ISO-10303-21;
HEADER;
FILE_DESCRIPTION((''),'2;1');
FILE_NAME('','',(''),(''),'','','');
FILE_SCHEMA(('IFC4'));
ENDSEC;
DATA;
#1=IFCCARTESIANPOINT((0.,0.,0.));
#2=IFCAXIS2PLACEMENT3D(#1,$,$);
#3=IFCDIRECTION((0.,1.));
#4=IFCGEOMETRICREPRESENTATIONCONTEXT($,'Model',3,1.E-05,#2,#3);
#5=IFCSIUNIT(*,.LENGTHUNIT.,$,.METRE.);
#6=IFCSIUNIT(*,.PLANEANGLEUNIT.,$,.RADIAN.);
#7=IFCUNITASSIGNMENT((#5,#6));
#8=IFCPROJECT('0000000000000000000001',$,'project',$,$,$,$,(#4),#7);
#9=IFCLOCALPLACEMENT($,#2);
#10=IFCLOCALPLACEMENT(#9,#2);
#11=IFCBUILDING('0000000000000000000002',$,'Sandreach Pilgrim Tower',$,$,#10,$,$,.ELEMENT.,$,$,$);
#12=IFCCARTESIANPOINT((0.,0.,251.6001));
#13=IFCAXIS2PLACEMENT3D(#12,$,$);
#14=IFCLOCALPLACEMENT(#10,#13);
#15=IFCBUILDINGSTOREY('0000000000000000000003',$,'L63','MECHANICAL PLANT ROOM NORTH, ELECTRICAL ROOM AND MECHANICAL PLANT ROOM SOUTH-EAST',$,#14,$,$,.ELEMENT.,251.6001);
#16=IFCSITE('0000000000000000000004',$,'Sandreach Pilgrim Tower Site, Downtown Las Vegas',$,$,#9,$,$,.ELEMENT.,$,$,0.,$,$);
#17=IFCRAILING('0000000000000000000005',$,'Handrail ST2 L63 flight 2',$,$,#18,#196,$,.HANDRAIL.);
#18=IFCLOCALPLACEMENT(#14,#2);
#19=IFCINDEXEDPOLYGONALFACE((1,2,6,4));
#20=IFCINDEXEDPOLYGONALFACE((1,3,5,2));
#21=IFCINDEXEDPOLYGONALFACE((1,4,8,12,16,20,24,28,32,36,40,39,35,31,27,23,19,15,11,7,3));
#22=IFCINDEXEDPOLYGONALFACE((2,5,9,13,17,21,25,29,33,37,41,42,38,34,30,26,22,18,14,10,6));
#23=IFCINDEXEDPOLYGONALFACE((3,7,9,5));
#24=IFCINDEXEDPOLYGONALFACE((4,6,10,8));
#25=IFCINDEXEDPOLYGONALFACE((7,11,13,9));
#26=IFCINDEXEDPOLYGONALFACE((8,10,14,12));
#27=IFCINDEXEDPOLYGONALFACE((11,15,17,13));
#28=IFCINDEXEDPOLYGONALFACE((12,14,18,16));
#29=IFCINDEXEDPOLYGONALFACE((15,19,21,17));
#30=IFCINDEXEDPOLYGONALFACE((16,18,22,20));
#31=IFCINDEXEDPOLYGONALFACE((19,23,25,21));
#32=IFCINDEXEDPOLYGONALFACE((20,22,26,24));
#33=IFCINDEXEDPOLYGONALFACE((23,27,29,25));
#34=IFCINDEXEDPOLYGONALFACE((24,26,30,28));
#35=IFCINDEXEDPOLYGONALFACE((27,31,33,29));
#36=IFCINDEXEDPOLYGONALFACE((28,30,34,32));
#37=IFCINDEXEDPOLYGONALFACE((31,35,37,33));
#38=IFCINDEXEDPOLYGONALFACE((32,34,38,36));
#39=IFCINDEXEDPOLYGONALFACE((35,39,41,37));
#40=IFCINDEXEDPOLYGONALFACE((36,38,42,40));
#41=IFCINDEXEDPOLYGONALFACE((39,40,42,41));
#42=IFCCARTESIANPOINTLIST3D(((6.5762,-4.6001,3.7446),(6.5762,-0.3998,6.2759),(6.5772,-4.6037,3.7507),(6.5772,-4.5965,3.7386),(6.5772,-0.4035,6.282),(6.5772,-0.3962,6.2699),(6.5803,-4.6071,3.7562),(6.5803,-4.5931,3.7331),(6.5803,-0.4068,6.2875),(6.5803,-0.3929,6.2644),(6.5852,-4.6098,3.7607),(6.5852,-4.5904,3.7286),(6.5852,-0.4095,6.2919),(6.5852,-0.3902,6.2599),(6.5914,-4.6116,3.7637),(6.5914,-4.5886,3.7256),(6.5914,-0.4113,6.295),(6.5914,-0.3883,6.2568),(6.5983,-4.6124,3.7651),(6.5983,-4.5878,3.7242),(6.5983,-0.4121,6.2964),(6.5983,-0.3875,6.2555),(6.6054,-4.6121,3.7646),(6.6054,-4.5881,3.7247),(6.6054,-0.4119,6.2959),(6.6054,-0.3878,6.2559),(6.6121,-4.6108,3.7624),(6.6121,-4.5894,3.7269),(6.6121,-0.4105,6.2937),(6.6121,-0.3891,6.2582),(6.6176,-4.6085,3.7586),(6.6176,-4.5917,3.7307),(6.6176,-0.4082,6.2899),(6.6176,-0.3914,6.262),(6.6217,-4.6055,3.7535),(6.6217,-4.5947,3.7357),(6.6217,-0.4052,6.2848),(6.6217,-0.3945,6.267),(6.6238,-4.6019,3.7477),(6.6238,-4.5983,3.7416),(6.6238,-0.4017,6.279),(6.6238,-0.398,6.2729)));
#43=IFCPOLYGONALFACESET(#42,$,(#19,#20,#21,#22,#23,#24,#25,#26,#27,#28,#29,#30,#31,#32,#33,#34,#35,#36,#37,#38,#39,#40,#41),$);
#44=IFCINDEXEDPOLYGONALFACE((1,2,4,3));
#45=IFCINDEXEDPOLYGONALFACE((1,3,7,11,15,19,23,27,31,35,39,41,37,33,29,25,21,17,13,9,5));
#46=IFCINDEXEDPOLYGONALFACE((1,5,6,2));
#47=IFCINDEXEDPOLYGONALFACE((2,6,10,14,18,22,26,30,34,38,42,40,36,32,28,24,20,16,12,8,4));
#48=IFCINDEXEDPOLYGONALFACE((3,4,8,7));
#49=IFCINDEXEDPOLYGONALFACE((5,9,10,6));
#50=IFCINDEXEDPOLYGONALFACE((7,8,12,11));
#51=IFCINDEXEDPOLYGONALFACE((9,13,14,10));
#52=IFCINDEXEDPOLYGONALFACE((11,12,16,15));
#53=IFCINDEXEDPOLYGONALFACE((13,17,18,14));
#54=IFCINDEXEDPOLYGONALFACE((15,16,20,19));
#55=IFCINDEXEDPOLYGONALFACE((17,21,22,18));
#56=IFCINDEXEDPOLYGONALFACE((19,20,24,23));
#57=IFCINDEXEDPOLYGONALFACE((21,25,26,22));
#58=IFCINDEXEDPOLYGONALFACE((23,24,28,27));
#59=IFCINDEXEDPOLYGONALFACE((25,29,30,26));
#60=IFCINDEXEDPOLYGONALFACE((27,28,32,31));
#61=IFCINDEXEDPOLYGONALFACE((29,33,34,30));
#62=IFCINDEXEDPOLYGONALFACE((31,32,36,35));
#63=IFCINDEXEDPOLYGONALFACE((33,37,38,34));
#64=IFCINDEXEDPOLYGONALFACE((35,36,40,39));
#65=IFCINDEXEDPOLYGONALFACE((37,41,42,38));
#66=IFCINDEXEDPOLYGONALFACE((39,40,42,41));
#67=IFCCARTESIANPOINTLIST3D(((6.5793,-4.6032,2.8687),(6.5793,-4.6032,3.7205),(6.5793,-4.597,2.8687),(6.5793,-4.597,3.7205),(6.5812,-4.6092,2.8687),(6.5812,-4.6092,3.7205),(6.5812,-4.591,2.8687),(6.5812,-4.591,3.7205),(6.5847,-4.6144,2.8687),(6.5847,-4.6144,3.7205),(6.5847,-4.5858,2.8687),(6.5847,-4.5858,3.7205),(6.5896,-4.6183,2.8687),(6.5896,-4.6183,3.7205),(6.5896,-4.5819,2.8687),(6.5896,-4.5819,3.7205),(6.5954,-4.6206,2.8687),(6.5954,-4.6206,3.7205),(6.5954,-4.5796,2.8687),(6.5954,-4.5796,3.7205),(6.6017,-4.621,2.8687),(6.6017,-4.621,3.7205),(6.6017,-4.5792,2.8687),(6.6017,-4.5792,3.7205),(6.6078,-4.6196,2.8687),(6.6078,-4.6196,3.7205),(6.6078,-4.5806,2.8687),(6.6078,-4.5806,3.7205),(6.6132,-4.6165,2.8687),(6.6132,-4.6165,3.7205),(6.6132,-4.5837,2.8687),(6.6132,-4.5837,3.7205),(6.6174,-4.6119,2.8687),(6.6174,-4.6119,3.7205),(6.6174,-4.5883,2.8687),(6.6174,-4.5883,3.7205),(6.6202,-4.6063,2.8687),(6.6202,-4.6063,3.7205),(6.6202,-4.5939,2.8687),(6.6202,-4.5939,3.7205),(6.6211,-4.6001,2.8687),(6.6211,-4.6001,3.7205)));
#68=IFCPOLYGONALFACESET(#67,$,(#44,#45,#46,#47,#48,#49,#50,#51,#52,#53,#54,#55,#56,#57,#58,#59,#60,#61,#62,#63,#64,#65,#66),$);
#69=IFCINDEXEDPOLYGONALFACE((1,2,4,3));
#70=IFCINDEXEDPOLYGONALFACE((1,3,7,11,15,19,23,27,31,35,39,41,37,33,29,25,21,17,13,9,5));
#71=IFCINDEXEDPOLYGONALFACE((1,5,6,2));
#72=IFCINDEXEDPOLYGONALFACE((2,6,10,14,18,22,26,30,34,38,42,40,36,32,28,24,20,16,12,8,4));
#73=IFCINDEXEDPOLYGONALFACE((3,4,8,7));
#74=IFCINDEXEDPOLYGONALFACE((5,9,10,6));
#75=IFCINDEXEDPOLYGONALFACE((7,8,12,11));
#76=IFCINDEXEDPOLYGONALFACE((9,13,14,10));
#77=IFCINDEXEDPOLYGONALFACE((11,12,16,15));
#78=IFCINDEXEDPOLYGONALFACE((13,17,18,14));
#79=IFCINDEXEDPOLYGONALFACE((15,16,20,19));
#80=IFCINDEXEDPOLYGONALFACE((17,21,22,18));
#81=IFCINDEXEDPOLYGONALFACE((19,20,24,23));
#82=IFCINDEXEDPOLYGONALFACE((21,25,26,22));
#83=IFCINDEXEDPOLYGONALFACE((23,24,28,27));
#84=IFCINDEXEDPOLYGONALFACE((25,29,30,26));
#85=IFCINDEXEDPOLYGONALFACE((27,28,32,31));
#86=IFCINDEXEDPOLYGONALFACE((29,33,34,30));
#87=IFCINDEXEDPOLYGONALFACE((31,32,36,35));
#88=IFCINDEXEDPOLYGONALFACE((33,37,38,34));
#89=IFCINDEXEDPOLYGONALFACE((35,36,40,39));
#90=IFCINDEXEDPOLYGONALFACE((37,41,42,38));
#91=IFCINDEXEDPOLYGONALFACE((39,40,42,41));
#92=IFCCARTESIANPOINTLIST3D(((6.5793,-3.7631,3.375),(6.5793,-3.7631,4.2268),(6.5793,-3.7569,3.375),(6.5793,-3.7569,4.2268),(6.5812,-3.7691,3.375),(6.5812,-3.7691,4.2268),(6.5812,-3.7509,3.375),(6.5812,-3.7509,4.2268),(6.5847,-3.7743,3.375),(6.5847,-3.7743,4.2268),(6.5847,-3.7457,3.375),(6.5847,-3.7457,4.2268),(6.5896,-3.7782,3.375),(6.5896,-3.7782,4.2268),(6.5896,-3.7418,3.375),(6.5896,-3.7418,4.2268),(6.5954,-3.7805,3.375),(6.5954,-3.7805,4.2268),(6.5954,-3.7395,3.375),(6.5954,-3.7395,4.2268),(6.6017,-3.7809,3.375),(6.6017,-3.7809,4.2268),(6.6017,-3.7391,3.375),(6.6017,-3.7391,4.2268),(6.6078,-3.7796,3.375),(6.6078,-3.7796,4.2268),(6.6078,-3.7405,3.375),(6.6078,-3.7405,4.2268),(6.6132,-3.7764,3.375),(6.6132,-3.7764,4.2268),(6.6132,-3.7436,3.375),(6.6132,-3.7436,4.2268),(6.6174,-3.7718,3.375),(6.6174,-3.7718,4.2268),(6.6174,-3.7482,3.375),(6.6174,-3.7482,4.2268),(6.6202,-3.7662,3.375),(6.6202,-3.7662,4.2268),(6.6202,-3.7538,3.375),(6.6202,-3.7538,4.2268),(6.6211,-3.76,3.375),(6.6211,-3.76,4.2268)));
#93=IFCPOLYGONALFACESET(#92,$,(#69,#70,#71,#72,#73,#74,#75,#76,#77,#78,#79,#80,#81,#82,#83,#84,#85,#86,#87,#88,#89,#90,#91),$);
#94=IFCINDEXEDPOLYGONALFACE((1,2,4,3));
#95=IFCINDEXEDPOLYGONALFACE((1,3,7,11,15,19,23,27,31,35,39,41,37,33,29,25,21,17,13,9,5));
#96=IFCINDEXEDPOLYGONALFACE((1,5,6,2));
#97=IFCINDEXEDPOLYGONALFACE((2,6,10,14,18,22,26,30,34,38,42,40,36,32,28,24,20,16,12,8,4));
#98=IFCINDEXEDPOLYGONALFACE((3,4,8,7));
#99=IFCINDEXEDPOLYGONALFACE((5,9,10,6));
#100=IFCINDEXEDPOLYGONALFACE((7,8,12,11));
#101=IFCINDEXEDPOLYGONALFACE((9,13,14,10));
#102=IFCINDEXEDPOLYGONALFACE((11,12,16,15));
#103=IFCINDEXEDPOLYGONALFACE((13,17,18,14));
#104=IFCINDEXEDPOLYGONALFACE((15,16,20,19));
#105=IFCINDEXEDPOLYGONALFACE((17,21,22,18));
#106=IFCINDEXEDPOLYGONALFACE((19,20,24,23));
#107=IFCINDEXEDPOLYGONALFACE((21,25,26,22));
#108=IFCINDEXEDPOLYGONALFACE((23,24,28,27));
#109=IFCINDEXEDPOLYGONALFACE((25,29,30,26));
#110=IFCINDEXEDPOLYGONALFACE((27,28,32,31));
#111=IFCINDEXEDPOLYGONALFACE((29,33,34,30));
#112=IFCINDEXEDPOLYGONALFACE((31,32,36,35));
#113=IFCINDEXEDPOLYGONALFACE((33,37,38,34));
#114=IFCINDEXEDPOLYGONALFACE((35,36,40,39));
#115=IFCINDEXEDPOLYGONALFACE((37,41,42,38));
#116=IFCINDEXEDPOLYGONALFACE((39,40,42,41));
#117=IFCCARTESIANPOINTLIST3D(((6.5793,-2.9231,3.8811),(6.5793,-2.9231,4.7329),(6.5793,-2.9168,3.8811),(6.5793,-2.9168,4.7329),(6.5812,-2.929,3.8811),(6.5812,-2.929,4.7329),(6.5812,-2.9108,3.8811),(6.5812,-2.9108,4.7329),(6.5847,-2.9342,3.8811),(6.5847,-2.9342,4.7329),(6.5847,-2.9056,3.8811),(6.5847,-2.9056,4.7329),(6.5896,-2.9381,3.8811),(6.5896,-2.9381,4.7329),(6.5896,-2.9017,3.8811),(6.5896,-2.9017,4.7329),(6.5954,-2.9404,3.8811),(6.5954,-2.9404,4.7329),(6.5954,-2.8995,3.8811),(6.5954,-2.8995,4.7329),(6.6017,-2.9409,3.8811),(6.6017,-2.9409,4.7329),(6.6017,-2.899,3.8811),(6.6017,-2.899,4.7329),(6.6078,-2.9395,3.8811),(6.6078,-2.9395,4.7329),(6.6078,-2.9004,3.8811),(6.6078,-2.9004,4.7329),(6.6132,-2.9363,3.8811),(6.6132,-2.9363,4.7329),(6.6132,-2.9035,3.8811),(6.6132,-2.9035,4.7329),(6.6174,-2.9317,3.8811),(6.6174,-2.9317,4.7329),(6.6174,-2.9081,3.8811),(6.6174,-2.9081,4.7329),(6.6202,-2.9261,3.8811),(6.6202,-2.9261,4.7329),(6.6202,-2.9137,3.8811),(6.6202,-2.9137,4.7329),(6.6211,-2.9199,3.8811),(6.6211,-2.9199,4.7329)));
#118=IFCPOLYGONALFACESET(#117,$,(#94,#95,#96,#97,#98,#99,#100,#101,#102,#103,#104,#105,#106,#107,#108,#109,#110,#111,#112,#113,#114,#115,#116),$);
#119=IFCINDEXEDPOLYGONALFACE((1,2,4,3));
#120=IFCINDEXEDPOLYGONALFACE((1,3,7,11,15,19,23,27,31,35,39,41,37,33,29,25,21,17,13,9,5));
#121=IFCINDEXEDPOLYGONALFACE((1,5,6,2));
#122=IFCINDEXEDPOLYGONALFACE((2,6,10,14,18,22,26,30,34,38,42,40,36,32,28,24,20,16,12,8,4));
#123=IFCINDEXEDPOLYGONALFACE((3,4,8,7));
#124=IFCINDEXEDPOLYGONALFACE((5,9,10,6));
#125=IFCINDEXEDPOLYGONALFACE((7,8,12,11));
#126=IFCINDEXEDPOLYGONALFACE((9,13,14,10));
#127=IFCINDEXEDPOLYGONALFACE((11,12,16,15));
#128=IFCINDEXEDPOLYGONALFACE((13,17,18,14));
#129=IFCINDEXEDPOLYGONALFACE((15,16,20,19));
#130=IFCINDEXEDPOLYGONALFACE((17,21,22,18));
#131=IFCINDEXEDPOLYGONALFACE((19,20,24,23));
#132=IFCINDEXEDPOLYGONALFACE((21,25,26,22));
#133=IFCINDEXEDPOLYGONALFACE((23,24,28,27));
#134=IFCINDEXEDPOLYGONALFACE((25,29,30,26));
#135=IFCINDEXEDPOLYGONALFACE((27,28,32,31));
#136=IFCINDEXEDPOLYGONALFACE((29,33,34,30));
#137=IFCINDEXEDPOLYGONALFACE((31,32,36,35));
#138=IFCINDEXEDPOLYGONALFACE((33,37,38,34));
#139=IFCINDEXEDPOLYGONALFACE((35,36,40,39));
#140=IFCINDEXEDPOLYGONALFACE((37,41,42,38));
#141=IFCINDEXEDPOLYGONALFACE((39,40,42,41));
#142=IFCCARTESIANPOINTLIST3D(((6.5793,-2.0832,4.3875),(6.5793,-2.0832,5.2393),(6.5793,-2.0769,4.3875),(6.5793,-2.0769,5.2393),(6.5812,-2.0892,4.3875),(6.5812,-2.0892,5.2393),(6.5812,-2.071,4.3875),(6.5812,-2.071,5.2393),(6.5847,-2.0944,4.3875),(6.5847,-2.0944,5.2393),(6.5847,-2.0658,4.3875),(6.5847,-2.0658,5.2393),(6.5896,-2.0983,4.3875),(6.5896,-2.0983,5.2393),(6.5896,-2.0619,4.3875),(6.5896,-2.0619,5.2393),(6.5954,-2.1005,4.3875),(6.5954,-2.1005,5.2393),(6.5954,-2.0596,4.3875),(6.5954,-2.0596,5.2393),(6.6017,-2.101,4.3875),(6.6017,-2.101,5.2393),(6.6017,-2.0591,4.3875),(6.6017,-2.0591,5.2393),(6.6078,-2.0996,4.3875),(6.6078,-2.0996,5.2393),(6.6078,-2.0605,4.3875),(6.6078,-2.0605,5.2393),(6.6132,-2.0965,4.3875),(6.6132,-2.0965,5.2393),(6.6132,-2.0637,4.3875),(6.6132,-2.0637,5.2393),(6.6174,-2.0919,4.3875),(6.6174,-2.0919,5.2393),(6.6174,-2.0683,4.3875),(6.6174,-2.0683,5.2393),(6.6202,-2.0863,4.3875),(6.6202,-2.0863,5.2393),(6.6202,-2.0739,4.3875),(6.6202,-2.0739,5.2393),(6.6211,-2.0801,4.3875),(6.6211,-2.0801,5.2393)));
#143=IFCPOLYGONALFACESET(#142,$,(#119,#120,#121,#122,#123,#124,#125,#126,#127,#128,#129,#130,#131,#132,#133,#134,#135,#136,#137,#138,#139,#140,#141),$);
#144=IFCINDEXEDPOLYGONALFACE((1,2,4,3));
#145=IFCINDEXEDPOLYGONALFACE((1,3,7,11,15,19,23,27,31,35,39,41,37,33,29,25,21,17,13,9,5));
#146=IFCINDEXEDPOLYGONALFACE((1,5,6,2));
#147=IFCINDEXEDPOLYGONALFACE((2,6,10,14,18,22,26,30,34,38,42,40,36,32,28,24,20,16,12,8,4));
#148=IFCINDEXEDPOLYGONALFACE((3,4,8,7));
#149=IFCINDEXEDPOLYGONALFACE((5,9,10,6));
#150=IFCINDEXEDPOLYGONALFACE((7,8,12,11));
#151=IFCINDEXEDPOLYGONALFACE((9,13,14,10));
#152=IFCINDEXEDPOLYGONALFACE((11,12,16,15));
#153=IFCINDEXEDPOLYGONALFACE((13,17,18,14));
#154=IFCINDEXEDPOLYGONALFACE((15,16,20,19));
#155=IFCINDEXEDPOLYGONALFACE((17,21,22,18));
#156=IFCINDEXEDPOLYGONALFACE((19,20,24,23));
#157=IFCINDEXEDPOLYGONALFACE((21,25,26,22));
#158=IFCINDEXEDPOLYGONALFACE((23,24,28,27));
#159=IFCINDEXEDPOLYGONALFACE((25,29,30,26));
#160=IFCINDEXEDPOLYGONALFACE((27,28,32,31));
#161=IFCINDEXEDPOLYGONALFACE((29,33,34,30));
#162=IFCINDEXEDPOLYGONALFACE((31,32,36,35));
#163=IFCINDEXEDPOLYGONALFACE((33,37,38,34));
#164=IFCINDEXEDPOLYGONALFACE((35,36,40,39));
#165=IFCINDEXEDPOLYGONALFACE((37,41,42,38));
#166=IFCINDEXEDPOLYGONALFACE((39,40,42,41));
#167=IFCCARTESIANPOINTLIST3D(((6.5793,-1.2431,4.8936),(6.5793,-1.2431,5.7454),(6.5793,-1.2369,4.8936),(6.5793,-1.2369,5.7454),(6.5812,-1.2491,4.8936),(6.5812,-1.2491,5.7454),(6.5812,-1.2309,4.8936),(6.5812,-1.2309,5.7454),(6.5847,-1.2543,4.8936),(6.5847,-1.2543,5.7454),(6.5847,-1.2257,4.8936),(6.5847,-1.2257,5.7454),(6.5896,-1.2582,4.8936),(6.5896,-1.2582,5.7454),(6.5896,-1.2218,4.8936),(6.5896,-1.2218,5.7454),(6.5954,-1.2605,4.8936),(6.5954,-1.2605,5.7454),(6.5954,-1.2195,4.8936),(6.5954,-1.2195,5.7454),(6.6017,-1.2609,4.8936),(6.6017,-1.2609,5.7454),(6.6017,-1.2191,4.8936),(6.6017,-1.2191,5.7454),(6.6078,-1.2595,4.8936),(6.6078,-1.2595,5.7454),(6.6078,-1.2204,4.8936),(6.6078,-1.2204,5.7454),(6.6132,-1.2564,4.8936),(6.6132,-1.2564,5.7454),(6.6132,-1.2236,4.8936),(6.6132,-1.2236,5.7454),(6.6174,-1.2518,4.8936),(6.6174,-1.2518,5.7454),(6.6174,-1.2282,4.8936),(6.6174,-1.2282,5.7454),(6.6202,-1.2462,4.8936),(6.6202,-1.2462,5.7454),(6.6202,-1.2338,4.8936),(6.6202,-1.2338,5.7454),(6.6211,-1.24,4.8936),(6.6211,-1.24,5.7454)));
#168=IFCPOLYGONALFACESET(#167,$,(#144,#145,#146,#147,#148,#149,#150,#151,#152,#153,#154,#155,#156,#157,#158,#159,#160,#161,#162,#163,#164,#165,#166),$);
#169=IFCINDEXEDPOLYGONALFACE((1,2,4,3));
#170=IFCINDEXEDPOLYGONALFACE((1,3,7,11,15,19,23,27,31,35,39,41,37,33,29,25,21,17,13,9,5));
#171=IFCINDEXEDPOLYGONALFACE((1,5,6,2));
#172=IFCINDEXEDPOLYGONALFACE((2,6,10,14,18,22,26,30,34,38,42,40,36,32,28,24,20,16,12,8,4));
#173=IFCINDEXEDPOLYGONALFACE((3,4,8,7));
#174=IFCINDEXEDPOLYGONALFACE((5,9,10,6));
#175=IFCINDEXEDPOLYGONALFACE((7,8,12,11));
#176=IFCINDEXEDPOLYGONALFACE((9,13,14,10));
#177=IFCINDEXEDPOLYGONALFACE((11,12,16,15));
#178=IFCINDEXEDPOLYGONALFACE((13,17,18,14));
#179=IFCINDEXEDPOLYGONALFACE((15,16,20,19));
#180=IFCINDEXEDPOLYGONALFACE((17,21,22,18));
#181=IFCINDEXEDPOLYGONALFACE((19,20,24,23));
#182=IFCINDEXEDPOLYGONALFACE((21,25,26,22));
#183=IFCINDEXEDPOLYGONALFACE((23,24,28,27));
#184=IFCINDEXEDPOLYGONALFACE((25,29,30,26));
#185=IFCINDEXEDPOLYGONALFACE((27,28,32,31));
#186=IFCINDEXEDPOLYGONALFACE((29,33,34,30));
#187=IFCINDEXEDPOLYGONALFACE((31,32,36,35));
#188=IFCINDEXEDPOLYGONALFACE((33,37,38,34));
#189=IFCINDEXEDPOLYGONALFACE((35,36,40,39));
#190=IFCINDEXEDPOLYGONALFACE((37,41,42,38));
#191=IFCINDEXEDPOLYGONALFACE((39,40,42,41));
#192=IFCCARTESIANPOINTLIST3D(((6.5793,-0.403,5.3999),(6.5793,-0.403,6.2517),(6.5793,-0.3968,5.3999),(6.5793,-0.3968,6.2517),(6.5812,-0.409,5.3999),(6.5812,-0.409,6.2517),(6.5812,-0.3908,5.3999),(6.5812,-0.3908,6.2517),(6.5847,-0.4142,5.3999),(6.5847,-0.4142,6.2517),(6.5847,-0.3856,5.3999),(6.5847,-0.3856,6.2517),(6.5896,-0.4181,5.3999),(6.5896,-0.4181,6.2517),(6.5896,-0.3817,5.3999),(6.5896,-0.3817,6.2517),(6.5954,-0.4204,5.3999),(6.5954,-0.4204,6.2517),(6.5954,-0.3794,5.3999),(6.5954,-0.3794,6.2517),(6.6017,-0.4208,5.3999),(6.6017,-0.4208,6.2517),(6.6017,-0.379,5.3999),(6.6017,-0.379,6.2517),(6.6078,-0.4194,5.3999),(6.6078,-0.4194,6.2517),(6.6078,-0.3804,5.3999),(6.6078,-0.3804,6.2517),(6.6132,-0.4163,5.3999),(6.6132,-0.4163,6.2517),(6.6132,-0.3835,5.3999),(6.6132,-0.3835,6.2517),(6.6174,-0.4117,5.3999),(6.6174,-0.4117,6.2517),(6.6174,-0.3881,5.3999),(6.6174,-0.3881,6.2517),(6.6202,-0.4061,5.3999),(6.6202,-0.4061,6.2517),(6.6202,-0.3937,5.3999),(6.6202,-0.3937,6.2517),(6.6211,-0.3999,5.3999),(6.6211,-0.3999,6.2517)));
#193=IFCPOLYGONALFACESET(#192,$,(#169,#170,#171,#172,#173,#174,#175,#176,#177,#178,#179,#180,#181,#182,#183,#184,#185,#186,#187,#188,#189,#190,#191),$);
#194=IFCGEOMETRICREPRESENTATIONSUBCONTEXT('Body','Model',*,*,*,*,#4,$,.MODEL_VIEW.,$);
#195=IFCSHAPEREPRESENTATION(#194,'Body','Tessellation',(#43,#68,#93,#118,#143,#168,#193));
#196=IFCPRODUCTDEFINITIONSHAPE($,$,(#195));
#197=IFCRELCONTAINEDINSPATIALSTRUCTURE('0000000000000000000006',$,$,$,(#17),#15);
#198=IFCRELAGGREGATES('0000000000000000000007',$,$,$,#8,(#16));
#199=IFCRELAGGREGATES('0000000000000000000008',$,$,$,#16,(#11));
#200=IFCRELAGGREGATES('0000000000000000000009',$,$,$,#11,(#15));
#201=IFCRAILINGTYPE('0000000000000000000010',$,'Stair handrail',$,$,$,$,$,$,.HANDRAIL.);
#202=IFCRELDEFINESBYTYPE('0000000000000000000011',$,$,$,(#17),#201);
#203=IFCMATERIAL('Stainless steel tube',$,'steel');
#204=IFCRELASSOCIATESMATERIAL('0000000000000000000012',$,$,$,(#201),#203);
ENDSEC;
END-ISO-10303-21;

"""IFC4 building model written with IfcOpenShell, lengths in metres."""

from ifc_helpers import new_model, si_unit, direction, frame, origin, origin_2d, place, context, subcontext, project, spatial, circle, extrude, material, type_object, element, save


model = new_model("IFC4")

# Units and contexts
model_context = context("Model", 3, precision=1e-05, world=origin(), true_north=direction((0.0, 1.0)))
body_context = subcontext(model_context, "Body", "Model", "MODEL_VIEW")
ifc_project = project(units=[si_unit("LENGTHUNIT", "METRE"), si_unit("PLANEANGLEUNIT", "RADIAN")], contexts=[model_context])

# Site, building, storey
site_placement = place(None, origin())
site = spatial("IfcSite", under=ifc_project, at=site_placement, Name="Sandreach Pilgrim Tower Site, Downtown Las Vegas", CompositionType="ELEMENT", RefElevation=0.0)
building_placement = place(site_placement, origin())
building = spatial("IfcBuilding", under=site, at=building_placement, Name="Sandreach Pilgrim Tower", CompositionType="ELEMENT")
storey_placement = place(building_placement, frame((0.0, 0.0, 251.6001)))
storey = spatial("IfcBuildingStorey", under=building, at=storey_placement, Name="L63", Description="MECHANICAL PLANT ROOM NORTH, ELECTRICAL ROOM AND MECHANICAL PLANT ROOM SOUTH-EAST", CompositionType="ELEMENT", Elevation=251.6001)

# Railing
ifc_material_1 = material(Name="Stainless steel tube", Category="steel")
railing_type = type_object("IfcRailingType", Name="Stair handrail", PredefinedType="HANDRAIL", material=ifc_material_1)
for number, where, name in (
    (1, (6.6001, -4.6001, 2.8687), "Handrail ST2 L63 flight 2"),
):
    element("IfcRailing", number, at=place(storey_placement, frame(where)), inside=storey, type_object=railing_type, Name=name, PredefinedType="HANDRAIL", context=body_context, shape_type="SweptSolid", body=[
        extrude(circle(Radius=0.0239, at=origin_2d()), frame((0.0, 0.0, 0.876), z_axis=(0.0, 0.85649, 0.516164), x_axis=(-1.0, 0.0, 0.0)), (0.0, 0.0, 1.0), 4.9041),
        extrude(circle(Radius=0.021, at=origin_2d()), origin(), (0.0, 0.0, 1.0), 0.8518),
        extrude(circle(Radius=0.021, at=origin_2d()), frame((0.0, 0.8401, 0.5063)), (0.0, 0.0, 1.0), 0.8518),
        extrude(circle(Radius=0.021, at=origin_2d()), frame((0.0, 1.6802, 1.0125)), (0.0, 0.0, 1.0), 0.8518),
        extrude(circle(Radius=0.021, at=origin_2d()), frame((0.0, 2.52, 1.5188)), (0.0, 0.0, 1.0), 0.8518),
        extrude(circle(Radius=0.021, at=origin_2d()), frame((0.0, 3.3601, 2.0249)), (0.0, 0.0, 1.0), 0.8518),
        extrude(circle(Radius=0.021, at=origin_2d()), frame((0.0, 4.2002, 2.5312)), (0.0, 0.0, 1.0), 0.8518),
    ])

save(model, "model.ifc")
